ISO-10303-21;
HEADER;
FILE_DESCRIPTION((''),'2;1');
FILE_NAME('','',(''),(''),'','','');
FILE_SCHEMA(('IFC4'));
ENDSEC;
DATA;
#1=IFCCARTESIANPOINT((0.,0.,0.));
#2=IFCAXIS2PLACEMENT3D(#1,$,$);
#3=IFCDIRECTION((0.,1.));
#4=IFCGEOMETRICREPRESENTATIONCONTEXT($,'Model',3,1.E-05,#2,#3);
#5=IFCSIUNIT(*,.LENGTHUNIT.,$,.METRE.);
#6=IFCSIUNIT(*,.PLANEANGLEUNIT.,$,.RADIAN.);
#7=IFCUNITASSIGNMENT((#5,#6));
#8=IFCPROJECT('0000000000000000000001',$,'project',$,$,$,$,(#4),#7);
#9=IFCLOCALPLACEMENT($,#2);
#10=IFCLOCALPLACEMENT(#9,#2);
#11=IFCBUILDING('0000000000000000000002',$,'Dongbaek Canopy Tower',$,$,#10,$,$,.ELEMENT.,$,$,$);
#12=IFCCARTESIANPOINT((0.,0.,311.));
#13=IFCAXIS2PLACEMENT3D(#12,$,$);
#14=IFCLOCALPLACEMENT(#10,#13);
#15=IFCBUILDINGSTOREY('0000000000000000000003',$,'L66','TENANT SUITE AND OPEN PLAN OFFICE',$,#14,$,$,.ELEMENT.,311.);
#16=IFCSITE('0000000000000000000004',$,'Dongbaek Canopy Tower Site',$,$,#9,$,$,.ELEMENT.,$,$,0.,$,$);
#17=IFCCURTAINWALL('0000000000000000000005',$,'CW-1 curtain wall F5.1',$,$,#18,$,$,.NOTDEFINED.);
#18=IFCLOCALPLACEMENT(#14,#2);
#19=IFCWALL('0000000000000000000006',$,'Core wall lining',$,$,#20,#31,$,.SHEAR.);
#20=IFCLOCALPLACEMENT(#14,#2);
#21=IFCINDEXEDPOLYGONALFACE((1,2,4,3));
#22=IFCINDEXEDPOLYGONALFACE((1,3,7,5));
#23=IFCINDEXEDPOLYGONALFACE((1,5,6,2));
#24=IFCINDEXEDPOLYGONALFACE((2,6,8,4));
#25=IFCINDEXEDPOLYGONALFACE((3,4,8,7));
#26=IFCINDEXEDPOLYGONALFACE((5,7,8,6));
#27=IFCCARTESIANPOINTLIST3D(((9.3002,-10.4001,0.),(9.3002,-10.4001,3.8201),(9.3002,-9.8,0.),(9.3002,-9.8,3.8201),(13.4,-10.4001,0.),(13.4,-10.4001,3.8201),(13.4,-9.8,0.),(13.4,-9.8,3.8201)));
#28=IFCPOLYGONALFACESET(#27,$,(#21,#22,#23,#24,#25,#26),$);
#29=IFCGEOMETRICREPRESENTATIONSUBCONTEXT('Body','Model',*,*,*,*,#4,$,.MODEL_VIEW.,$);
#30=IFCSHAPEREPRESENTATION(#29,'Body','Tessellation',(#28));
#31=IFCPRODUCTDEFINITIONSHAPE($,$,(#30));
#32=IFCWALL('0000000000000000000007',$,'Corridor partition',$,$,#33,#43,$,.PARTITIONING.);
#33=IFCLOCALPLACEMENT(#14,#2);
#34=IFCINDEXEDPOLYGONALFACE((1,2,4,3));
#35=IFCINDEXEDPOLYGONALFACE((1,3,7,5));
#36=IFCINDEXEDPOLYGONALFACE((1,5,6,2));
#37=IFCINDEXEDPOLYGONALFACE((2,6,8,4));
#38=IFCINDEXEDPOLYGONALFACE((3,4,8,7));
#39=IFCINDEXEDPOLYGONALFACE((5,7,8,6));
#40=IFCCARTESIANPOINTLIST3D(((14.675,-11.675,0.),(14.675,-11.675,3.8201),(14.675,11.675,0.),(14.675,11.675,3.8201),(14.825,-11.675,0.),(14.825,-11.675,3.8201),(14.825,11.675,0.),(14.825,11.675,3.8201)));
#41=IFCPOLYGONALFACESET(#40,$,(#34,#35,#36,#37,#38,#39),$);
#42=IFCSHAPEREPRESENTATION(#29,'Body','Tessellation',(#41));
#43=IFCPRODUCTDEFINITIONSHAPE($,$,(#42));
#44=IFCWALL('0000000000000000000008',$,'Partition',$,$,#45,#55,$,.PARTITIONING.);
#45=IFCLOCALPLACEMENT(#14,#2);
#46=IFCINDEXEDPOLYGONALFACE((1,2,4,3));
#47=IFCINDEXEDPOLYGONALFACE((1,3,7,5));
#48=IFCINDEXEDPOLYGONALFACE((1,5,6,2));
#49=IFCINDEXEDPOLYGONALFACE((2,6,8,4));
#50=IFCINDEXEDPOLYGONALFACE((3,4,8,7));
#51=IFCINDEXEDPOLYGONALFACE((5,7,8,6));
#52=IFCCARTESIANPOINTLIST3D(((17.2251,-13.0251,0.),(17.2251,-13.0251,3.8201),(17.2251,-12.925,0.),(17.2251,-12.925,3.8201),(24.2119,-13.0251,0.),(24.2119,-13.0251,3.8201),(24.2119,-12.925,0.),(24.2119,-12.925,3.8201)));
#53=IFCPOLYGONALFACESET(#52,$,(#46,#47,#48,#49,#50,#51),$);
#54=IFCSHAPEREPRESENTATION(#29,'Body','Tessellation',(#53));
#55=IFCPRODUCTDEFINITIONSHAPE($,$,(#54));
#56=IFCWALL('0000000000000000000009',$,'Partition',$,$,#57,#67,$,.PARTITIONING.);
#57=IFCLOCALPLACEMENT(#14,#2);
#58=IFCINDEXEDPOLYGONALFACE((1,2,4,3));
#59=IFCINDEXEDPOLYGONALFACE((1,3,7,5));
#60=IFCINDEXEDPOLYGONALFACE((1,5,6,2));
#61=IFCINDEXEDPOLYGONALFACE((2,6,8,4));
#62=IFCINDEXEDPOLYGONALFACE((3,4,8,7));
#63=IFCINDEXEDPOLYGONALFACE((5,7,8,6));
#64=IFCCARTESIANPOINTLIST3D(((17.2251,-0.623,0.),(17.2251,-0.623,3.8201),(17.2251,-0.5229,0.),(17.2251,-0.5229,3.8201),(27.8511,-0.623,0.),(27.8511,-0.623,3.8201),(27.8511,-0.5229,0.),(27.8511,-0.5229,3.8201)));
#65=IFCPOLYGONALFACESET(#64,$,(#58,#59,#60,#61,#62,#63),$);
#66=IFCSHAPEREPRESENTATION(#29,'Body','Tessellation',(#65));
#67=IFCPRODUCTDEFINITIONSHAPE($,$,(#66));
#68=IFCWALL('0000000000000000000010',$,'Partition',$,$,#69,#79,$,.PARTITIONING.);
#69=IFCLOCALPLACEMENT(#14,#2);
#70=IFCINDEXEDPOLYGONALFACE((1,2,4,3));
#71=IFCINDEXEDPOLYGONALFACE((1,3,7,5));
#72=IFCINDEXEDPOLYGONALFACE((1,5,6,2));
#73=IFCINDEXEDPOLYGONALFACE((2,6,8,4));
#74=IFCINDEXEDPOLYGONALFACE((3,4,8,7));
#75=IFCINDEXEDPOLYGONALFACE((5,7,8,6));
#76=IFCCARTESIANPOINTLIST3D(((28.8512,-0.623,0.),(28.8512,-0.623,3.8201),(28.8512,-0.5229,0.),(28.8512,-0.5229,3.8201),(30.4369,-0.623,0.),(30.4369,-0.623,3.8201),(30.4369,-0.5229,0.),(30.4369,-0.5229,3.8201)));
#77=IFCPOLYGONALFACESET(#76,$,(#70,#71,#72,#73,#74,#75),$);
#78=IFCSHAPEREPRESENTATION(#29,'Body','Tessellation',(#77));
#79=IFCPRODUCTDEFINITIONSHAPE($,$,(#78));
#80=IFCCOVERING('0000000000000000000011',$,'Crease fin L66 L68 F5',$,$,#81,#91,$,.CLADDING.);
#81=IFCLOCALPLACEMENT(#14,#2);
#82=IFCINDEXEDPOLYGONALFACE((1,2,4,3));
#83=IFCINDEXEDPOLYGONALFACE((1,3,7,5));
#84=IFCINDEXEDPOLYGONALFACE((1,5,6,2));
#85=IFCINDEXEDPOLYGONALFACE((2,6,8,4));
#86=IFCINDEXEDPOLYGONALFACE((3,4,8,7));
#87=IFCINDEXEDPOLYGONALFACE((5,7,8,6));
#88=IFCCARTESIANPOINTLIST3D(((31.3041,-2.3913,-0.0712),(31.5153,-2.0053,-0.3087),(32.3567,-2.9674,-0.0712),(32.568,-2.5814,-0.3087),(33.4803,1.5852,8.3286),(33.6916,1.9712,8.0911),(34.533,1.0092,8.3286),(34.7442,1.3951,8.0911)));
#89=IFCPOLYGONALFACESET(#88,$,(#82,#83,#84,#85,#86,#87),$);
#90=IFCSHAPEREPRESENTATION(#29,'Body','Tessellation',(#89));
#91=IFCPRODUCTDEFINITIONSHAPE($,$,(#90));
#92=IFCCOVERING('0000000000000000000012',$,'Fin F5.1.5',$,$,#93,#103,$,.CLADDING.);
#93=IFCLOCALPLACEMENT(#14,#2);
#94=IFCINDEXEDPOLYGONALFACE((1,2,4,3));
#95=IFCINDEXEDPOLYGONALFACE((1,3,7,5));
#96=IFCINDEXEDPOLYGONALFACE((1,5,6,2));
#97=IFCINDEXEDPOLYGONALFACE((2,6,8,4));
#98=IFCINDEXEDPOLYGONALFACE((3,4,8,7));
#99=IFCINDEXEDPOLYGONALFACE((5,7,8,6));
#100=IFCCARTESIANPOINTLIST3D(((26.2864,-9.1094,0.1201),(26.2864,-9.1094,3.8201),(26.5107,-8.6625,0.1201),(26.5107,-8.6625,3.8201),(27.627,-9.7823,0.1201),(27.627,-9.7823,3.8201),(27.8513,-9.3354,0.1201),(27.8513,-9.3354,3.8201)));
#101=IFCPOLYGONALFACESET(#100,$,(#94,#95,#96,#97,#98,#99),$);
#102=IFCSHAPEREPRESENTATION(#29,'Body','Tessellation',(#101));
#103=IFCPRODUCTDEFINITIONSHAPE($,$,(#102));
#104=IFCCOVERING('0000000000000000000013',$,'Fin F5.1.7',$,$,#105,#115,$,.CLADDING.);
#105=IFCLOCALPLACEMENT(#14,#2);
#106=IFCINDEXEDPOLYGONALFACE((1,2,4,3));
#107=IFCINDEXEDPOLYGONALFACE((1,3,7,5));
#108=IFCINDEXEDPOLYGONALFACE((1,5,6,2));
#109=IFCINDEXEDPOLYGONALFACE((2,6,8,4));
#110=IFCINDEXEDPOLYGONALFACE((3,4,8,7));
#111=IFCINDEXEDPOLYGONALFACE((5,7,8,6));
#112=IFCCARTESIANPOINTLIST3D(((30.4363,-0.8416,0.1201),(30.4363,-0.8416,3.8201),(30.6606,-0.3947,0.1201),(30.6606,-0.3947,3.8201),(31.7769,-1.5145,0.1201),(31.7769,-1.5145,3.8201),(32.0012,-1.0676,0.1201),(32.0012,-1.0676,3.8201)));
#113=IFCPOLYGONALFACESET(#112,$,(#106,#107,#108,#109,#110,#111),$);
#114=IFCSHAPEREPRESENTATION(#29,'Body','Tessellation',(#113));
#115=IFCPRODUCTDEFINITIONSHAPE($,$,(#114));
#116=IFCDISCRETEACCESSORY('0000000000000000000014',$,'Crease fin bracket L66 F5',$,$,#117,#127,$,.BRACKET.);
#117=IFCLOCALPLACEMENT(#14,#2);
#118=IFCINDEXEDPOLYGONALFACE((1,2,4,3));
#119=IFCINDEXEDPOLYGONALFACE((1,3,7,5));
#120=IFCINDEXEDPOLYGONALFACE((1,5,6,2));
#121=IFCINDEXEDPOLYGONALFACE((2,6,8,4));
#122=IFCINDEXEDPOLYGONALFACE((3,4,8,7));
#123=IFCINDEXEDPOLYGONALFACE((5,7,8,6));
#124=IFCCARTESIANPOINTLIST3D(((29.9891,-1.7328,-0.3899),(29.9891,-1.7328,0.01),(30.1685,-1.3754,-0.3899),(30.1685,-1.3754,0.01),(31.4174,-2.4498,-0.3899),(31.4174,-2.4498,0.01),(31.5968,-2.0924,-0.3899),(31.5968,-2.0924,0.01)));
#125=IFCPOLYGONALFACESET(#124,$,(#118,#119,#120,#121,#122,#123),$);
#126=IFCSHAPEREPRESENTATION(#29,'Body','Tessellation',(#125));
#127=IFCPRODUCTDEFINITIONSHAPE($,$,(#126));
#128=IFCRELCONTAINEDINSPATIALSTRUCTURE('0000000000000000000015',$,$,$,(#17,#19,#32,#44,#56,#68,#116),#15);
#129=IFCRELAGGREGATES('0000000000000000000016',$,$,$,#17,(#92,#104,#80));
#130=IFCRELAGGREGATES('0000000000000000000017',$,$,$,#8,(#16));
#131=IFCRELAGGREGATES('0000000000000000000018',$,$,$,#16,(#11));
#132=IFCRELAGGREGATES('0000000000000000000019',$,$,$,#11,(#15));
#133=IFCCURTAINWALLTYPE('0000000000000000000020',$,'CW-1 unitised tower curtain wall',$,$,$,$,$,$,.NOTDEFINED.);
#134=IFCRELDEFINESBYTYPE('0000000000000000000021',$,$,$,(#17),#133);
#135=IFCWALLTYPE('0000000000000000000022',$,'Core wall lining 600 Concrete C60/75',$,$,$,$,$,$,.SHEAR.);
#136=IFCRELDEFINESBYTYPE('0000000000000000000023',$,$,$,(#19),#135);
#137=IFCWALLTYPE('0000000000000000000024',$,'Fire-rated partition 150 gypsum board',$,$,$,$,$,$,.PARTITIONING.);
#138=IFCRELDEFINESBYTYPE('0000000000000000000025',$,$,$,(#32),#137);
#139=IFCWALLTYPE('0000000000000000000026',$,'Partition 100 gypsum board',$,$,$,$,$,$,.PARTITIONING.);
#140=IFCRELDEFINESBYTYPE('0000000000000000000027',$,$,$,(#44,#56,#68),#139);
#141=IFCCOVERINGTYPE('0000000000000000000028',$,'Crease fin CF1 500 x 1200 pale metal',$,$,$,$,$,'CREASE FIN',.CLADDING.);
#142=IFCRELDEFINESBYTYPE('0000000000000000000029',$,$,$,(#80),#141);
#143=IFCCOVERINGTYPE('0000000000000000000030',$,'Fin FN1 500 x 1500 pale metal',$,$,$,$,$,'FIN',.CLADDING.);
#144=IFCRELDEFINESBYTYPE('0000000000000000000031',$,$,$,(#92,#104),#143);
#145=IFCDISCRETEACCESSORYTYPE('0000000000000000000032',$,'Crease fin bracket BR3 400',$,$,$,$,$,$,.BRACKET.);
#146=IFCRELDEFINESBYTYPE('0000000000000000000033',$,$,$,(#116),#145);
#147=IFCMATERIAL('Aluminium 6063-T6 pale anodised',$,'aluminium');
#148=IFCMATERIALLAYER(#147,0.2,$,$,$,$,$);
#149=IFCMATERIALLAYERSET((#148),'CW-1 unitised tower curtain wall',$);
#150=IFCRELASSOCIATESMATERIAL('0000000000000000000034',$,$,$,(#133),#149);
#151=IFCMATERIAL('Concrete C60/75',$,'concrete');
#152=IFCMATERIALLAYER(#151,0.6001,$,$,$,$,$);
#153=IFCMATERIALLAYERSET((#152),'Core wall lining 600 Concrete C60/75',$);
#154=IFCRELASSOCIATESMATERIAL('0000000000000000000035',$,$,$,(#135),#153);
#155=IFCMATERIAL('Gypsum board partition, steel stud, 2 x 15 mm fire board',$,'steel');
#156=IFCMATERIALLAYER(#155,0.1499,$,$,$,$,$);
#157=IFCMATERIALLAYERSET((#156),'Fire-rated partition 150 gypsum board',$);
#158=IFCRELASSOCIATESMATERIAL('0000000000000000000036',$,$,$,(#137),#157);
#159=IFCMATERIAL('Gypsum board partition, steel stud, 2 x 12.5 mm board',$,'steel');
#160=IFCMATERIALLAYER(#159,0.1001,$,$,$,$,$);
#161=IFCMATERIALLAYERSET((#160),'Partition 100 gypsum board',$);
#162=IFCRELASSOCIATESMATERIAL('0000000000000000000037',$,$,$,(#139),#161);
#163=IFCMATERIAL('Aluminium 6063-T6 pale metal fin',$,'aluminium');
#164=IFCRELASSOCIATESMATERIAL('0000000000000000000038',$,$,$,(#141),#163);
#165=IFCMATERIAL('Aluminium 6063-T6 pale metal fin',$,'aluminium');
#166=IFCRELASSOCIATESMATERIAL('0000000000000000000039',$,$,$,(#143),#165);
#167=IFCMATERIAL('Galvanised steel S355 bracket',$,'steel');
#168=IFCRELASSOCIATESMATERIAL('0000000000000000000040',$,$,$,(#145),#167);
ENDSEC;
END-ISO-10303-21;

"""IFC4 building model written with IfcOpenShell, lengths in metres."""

from ifc_helpers import new_model, si_unit, direction, frame, frame_2d, origin, origin_2d, place, context, subcontext, project, spatial, rectangle, extrude, material, layer, layer_set, material_profile, profile_set, type_object, element, aggregate, save


model = new_model("IFC4")

# Units and contexts
model_context = context("Model", 3, precision=1e-05, world=origin(), true_north=direction((0.0, 1.0)))
body_context = subcontext(model_context, "Body", "Model", "MODEL_VIEW")
ifc_project = project(units=[si_unit("LENGTHUNIT", "METRE"), si_unit("PLANEANGLEUNIT", "RADIAN")], contexts=[model_context])

# Site, building, storey
site_placement = place(None, origin())
site = spatial("IfcSite", under=ifc_project, at=site_placement, Name="Dongbaek Canopy Tower Site", CompositionType="ELEMENT", RefElevation=0.0)
building_placement = place(site_placement, origin())
building = spatial("IfcBuilding", under=site, at=building_placement, Name="Dongbaek Canopy Tower", CompositionType="ELEMENT")
storey_placement = place(building_placement, frame((0.0, 0.0, 311.0)))
storey = spatial("IfcBuildingStorey", under=building, at=storey_placement, Name="L66", Description="TENANT SUITE AND OPEN PLAN OFFICE", CompositionType="ELEMENT", Elevation=311.0)

# Curtain wall
ifc_material_1 = material(Name="Aluminium 6063-T6 pale anodised", Category="aluminium")
ifc_layer_1 = layer(ifc_material_1, 0.2)
ifc_layer_set_1 = layer_set([ifc_layer_1], Name="CW-1 unitised tower curtain wall")
curtain_wall_type = type_object("IfcCurtainWallType", Name="CW-1 unitised tower curtain wall", PredefinedType="NOTDEFINED", material=ifc_layer_set_1)
curtain_wall_placement = place(storey_placement, origin())
curtain_wall = element("IfcCurtainWall", 1, at=curtain_wall_placement, inside=storey, type_object=curtain_wall_type, Name="CW-1 curtain wall F5.1", PredefinedType="NOTDEFINED")

# Walls
ifc_material_2 = material(Name="Concrete C60/75", Category="concrete")
ifc_layer_2 = layer(ifc_material_2, 0.6001)
ifc_layer_set_2 = layer_set([ifc_layer_2], Name="Core wall lining 600 Concrete C60/75")
wall_type_1 = type_object("IfcWallType", Name="Core wall lining 600 Concrete C60/75", PredefinedType="SHEAR", material=ifc_layer_set_2)
wall_1_placement = place(storey_placement, frame((13.3999, -10.1001, 0.0), z_axis=(0.0, 0.0, 1.0), x_axis=(-1.0, 0.0, 0.0)))
element("IfcWall", 2, at=wall_1_placement, inside=storey, type_object=wall_type_1, Name="Core wall lining", PredefinedType="SHEAR", context=body_context, shape_type="SweptSolid", body=[
    extrude(rectangle(XDim=4.0999, YDim=0.6001, at=frame_2d((2.0498, 0.0))), origin(), (0.0, 0.0, 1.0), 3.8201),
])
ifc_material_3 = material(Name="Gypsum board partition, steel stud, 2 x 15 mm fire board", Category="steel")
ifc_layer_3 = layer(ifc_material_3, 0.1499)
ifc_layer_set_3 = layer_set([ifc_layer_3], Name="Fire-rated partition 150 gypsum board")
wall_type_2 = type_object("IfcWallType", Name="Fire-rated partition 150 gypsum board", PredefinedType="PARTITIONING", material=ifc_layer_set_3)
wall_2_placement = place(storey_placement, frame((14.75, -11.675, 0.0), z_axis=(0.0, 0.0, 1.0), x_axis=(0.0, 1.0, 0.0)))
element("IfcWall", 3, at=wall_2_placement, inside=storey, type_object=wall_type_2, Name="Corridor partition", PredefinedType="PARTITIONING", context=body_context, shape_type="SweptSolid", body=[
    extrude(rectangle(XDim=23.3501, YDim=0.1499, at=frame_2d((11.675, 0.0))), origin(), (0.0, 0.0, 1.0), 3.8201),
])
ifc_material_4 = material(Name="Gypsum board partition, steel stud, 2 x 12.5 mm board", Category="steel")
ifc_layer_4 = layer(ifc_material_4, 0.1001)
ifc_layer_set_4 = layer_set([ifc_layer_4], Name="Partition 100 gypsum board")
wall_type_3 = type_object("IfcWallType", Name="Partition 100 gypsum board", PredefinedType="PARTITIONING", material=ifc_layer_set_4)
wall_3_placement = place(storey_placement, frame((17.2251, -12.9751, 0.0), z_axis=(0.0, 0.0, 1.0), x_axis=(1.0, 0.0, 0.0)))
element("IfcWall", 4, at=wall_3_placement, inside=storey, type_object=wall_type_3, Name="Partition", PredefinedType="PARTITIONING", context=body_context, shape_type="SweptSolid", body=[
    extrude(rectangle(XDim=6.9868, YDim=0.1001, at=frame_2d((3.4934, 0.0))), origin(), (0.0, 0.0, 1.0), 3.8201),
])
wall_4_placement = place(storey_placement, frame((17.2251, -0.573, 0.0), z_axis=(0.0, 0.0, 1.0), x_axis=(1.0, 0.0, 0.0)))
element("IfcWall", 5, at=wall_4_placement, inside=storey, type_object=wall_type_3, Name="Partition", PredefinedType="PARTITIONING", context=body_context, shape_type="SweptSolid", body=[
    extrude(rectangle(XDim=10.626, YDim=0.1001, at=frame_2d((5.313, 0.0))), origin(), (0.0, 0.0, 1.0), 3.8201),
])
wall_5_placement = place(storey_placement, frame((28.8511, -0.573, 0.0), z_axis=(0.0, 0.0, 1.0), x_axis=(1.0, 0.0, 0.0)))
element("IfcWall", 6, at=wall_5_placement, inside=storey, type_object=wall_type_3, Name="Partition", PredefinedType="PARTITIONING", context=body_context, shape_type="SweptSolid", body=[
    extrude(rectangle(XDim=1.5857, YDim=0.1001, at=frame_2d((0.793, 0.0))), origin(), (0.0, 0.0, 1.0), 3.8201),
])

# Coverings
ifc_material_5 = material(Name="Aluminium 6063-T6 pale metal fin", Category="aluminium")
ifc_material_profile_1 = material_profile(ifc_material_5, rectangle(XDim=1.2, YDim=0.5, at=origin_2d()), Name="Crease fin CF1 500 x 1200 pale metal")
ifc_profile_set_1 = profile_set([ifc_material_profile_1], Name="Aluminium 6063-T6 pale metal fin")
covering_type_1 = type_object("IfcCoveringType", Name="Crease fin CF1 500 x 1200 pale metal", ElementType="CREASE FIN", PredefinedType="CLADDING", material=ifc_profile_set_1)
covering_1_placement = place(storey_placement, frame((31.936, -2.4863, -0.1899), z_axis=(0.228, 0.416611, 0.880029), x_axis=(-0.877224, 0.480082, 0.0)))
covering_1 = element("IfcCovering", 7, at=covering_1_placement, type_object=covering_type_1, Name="Crease fin L66 L68 F5", PredefinedType="CLADDING", context=body_context, shape_type="SweptSolid", body=[
    extrude(rectangle(XDim=1.2, YDim=0.5, at=origin_2d()), origin(), (0.0, 0.0, 1.0), 9.5449),
])
ifc_material_6 = material(Name="Aluminium 6063-T6 pale metal fin", Category="aluminium")
ifc_material_profile_2 = material_profile(ifc_material_6, rectangle(XDim=1.5, YDim=0.5, at=origin_2d()), Name="Fin FN1 500 x 1500 pale metal")
ifc_profile_set_2 = profile_set([ifc_material_profile_2], Name="Aluminium 6063-T6 pale metal fin")
covering_type_2 = type_object("IfcCoveringType", Name="Fin FN1 500 x 1500 pale metal", ElementType="FIN", PredefinedType="CLADDING", material=ifc_profile_set_2)
covering_2_placement = place(storey_placement, frame((27.0688, -9.2224, 0.1201), z_axis=(0.0, 0.0, 1.0), x_axis=(0.893733, -0.448598, 0.0)))
covering_2 = element("IfcCovering", 8, at=covering_2_placement, type_object=covering_type_2, Name="Fin F5.1.5", PredefinedType="CLADDING", context=body_context, shape_type="SweptSolid", body=[
    extrude(rectangle(XDim=1.5, YDim=0.5, at=origin_2d()), origin(), (0.0, 0.0, 1.0), 3.7),
])
covering_3_placement = place(storey_placement, frame((31.2188, -0.9546, 0.1201), z_axis=(0.0, 0.0, 1.0), x_axis=(0.893733, -0.448598, 0.0)))
covering_3 = element("IfcCovering", 9, at=covering_3_placement, type_object=covering_type_2, Name="Fin F5.1.7", PredefinedType="CLADDING", context=body_context, shape_type="SweptSolid", body=[
    extrude(rectangle(XDim=1.5, YDim=0.5, at=origin_2d()), origin(), (0.0, 0.0, 1.0), 3.7),
])
aggregate(curtain_wall, [covering_2, covering_3, covering_1])

# Discrete accessory
ifc_material_7 = material(Name="Galvanised steel S355 bracket", Category="steel")
discrete_accessory_type = type_object("IfcDiscreteAccessoryType", Name="Crease fin bracket BR3 400", PredefinedType="BRACKET", material=ifc_material_7)
discrete_accessory_placement = place(storey_placement, frame((30.793, -1.9126, -0.3899), z_axis=(0.0, 0.0, 1.0), x_axis=(0.893733, -0.448598, 0.0)))
element("IfcDiscreteAccessory", 10, at=discrete_accessory_placement, inside=storey, type_object=discrete_accessory_type, Name="Crease fin bracket L66 F5", PredefinedType="BRACKET", context=body_context, shape_type="SweptSolid", body=[
    extrude(rectangle(XDim=1.5981, YDim=0.3999, at=origin_2d()), origin(), (0.0, 0.0, 1.0), 0.3999),
])

save(model, "model.ifc")
